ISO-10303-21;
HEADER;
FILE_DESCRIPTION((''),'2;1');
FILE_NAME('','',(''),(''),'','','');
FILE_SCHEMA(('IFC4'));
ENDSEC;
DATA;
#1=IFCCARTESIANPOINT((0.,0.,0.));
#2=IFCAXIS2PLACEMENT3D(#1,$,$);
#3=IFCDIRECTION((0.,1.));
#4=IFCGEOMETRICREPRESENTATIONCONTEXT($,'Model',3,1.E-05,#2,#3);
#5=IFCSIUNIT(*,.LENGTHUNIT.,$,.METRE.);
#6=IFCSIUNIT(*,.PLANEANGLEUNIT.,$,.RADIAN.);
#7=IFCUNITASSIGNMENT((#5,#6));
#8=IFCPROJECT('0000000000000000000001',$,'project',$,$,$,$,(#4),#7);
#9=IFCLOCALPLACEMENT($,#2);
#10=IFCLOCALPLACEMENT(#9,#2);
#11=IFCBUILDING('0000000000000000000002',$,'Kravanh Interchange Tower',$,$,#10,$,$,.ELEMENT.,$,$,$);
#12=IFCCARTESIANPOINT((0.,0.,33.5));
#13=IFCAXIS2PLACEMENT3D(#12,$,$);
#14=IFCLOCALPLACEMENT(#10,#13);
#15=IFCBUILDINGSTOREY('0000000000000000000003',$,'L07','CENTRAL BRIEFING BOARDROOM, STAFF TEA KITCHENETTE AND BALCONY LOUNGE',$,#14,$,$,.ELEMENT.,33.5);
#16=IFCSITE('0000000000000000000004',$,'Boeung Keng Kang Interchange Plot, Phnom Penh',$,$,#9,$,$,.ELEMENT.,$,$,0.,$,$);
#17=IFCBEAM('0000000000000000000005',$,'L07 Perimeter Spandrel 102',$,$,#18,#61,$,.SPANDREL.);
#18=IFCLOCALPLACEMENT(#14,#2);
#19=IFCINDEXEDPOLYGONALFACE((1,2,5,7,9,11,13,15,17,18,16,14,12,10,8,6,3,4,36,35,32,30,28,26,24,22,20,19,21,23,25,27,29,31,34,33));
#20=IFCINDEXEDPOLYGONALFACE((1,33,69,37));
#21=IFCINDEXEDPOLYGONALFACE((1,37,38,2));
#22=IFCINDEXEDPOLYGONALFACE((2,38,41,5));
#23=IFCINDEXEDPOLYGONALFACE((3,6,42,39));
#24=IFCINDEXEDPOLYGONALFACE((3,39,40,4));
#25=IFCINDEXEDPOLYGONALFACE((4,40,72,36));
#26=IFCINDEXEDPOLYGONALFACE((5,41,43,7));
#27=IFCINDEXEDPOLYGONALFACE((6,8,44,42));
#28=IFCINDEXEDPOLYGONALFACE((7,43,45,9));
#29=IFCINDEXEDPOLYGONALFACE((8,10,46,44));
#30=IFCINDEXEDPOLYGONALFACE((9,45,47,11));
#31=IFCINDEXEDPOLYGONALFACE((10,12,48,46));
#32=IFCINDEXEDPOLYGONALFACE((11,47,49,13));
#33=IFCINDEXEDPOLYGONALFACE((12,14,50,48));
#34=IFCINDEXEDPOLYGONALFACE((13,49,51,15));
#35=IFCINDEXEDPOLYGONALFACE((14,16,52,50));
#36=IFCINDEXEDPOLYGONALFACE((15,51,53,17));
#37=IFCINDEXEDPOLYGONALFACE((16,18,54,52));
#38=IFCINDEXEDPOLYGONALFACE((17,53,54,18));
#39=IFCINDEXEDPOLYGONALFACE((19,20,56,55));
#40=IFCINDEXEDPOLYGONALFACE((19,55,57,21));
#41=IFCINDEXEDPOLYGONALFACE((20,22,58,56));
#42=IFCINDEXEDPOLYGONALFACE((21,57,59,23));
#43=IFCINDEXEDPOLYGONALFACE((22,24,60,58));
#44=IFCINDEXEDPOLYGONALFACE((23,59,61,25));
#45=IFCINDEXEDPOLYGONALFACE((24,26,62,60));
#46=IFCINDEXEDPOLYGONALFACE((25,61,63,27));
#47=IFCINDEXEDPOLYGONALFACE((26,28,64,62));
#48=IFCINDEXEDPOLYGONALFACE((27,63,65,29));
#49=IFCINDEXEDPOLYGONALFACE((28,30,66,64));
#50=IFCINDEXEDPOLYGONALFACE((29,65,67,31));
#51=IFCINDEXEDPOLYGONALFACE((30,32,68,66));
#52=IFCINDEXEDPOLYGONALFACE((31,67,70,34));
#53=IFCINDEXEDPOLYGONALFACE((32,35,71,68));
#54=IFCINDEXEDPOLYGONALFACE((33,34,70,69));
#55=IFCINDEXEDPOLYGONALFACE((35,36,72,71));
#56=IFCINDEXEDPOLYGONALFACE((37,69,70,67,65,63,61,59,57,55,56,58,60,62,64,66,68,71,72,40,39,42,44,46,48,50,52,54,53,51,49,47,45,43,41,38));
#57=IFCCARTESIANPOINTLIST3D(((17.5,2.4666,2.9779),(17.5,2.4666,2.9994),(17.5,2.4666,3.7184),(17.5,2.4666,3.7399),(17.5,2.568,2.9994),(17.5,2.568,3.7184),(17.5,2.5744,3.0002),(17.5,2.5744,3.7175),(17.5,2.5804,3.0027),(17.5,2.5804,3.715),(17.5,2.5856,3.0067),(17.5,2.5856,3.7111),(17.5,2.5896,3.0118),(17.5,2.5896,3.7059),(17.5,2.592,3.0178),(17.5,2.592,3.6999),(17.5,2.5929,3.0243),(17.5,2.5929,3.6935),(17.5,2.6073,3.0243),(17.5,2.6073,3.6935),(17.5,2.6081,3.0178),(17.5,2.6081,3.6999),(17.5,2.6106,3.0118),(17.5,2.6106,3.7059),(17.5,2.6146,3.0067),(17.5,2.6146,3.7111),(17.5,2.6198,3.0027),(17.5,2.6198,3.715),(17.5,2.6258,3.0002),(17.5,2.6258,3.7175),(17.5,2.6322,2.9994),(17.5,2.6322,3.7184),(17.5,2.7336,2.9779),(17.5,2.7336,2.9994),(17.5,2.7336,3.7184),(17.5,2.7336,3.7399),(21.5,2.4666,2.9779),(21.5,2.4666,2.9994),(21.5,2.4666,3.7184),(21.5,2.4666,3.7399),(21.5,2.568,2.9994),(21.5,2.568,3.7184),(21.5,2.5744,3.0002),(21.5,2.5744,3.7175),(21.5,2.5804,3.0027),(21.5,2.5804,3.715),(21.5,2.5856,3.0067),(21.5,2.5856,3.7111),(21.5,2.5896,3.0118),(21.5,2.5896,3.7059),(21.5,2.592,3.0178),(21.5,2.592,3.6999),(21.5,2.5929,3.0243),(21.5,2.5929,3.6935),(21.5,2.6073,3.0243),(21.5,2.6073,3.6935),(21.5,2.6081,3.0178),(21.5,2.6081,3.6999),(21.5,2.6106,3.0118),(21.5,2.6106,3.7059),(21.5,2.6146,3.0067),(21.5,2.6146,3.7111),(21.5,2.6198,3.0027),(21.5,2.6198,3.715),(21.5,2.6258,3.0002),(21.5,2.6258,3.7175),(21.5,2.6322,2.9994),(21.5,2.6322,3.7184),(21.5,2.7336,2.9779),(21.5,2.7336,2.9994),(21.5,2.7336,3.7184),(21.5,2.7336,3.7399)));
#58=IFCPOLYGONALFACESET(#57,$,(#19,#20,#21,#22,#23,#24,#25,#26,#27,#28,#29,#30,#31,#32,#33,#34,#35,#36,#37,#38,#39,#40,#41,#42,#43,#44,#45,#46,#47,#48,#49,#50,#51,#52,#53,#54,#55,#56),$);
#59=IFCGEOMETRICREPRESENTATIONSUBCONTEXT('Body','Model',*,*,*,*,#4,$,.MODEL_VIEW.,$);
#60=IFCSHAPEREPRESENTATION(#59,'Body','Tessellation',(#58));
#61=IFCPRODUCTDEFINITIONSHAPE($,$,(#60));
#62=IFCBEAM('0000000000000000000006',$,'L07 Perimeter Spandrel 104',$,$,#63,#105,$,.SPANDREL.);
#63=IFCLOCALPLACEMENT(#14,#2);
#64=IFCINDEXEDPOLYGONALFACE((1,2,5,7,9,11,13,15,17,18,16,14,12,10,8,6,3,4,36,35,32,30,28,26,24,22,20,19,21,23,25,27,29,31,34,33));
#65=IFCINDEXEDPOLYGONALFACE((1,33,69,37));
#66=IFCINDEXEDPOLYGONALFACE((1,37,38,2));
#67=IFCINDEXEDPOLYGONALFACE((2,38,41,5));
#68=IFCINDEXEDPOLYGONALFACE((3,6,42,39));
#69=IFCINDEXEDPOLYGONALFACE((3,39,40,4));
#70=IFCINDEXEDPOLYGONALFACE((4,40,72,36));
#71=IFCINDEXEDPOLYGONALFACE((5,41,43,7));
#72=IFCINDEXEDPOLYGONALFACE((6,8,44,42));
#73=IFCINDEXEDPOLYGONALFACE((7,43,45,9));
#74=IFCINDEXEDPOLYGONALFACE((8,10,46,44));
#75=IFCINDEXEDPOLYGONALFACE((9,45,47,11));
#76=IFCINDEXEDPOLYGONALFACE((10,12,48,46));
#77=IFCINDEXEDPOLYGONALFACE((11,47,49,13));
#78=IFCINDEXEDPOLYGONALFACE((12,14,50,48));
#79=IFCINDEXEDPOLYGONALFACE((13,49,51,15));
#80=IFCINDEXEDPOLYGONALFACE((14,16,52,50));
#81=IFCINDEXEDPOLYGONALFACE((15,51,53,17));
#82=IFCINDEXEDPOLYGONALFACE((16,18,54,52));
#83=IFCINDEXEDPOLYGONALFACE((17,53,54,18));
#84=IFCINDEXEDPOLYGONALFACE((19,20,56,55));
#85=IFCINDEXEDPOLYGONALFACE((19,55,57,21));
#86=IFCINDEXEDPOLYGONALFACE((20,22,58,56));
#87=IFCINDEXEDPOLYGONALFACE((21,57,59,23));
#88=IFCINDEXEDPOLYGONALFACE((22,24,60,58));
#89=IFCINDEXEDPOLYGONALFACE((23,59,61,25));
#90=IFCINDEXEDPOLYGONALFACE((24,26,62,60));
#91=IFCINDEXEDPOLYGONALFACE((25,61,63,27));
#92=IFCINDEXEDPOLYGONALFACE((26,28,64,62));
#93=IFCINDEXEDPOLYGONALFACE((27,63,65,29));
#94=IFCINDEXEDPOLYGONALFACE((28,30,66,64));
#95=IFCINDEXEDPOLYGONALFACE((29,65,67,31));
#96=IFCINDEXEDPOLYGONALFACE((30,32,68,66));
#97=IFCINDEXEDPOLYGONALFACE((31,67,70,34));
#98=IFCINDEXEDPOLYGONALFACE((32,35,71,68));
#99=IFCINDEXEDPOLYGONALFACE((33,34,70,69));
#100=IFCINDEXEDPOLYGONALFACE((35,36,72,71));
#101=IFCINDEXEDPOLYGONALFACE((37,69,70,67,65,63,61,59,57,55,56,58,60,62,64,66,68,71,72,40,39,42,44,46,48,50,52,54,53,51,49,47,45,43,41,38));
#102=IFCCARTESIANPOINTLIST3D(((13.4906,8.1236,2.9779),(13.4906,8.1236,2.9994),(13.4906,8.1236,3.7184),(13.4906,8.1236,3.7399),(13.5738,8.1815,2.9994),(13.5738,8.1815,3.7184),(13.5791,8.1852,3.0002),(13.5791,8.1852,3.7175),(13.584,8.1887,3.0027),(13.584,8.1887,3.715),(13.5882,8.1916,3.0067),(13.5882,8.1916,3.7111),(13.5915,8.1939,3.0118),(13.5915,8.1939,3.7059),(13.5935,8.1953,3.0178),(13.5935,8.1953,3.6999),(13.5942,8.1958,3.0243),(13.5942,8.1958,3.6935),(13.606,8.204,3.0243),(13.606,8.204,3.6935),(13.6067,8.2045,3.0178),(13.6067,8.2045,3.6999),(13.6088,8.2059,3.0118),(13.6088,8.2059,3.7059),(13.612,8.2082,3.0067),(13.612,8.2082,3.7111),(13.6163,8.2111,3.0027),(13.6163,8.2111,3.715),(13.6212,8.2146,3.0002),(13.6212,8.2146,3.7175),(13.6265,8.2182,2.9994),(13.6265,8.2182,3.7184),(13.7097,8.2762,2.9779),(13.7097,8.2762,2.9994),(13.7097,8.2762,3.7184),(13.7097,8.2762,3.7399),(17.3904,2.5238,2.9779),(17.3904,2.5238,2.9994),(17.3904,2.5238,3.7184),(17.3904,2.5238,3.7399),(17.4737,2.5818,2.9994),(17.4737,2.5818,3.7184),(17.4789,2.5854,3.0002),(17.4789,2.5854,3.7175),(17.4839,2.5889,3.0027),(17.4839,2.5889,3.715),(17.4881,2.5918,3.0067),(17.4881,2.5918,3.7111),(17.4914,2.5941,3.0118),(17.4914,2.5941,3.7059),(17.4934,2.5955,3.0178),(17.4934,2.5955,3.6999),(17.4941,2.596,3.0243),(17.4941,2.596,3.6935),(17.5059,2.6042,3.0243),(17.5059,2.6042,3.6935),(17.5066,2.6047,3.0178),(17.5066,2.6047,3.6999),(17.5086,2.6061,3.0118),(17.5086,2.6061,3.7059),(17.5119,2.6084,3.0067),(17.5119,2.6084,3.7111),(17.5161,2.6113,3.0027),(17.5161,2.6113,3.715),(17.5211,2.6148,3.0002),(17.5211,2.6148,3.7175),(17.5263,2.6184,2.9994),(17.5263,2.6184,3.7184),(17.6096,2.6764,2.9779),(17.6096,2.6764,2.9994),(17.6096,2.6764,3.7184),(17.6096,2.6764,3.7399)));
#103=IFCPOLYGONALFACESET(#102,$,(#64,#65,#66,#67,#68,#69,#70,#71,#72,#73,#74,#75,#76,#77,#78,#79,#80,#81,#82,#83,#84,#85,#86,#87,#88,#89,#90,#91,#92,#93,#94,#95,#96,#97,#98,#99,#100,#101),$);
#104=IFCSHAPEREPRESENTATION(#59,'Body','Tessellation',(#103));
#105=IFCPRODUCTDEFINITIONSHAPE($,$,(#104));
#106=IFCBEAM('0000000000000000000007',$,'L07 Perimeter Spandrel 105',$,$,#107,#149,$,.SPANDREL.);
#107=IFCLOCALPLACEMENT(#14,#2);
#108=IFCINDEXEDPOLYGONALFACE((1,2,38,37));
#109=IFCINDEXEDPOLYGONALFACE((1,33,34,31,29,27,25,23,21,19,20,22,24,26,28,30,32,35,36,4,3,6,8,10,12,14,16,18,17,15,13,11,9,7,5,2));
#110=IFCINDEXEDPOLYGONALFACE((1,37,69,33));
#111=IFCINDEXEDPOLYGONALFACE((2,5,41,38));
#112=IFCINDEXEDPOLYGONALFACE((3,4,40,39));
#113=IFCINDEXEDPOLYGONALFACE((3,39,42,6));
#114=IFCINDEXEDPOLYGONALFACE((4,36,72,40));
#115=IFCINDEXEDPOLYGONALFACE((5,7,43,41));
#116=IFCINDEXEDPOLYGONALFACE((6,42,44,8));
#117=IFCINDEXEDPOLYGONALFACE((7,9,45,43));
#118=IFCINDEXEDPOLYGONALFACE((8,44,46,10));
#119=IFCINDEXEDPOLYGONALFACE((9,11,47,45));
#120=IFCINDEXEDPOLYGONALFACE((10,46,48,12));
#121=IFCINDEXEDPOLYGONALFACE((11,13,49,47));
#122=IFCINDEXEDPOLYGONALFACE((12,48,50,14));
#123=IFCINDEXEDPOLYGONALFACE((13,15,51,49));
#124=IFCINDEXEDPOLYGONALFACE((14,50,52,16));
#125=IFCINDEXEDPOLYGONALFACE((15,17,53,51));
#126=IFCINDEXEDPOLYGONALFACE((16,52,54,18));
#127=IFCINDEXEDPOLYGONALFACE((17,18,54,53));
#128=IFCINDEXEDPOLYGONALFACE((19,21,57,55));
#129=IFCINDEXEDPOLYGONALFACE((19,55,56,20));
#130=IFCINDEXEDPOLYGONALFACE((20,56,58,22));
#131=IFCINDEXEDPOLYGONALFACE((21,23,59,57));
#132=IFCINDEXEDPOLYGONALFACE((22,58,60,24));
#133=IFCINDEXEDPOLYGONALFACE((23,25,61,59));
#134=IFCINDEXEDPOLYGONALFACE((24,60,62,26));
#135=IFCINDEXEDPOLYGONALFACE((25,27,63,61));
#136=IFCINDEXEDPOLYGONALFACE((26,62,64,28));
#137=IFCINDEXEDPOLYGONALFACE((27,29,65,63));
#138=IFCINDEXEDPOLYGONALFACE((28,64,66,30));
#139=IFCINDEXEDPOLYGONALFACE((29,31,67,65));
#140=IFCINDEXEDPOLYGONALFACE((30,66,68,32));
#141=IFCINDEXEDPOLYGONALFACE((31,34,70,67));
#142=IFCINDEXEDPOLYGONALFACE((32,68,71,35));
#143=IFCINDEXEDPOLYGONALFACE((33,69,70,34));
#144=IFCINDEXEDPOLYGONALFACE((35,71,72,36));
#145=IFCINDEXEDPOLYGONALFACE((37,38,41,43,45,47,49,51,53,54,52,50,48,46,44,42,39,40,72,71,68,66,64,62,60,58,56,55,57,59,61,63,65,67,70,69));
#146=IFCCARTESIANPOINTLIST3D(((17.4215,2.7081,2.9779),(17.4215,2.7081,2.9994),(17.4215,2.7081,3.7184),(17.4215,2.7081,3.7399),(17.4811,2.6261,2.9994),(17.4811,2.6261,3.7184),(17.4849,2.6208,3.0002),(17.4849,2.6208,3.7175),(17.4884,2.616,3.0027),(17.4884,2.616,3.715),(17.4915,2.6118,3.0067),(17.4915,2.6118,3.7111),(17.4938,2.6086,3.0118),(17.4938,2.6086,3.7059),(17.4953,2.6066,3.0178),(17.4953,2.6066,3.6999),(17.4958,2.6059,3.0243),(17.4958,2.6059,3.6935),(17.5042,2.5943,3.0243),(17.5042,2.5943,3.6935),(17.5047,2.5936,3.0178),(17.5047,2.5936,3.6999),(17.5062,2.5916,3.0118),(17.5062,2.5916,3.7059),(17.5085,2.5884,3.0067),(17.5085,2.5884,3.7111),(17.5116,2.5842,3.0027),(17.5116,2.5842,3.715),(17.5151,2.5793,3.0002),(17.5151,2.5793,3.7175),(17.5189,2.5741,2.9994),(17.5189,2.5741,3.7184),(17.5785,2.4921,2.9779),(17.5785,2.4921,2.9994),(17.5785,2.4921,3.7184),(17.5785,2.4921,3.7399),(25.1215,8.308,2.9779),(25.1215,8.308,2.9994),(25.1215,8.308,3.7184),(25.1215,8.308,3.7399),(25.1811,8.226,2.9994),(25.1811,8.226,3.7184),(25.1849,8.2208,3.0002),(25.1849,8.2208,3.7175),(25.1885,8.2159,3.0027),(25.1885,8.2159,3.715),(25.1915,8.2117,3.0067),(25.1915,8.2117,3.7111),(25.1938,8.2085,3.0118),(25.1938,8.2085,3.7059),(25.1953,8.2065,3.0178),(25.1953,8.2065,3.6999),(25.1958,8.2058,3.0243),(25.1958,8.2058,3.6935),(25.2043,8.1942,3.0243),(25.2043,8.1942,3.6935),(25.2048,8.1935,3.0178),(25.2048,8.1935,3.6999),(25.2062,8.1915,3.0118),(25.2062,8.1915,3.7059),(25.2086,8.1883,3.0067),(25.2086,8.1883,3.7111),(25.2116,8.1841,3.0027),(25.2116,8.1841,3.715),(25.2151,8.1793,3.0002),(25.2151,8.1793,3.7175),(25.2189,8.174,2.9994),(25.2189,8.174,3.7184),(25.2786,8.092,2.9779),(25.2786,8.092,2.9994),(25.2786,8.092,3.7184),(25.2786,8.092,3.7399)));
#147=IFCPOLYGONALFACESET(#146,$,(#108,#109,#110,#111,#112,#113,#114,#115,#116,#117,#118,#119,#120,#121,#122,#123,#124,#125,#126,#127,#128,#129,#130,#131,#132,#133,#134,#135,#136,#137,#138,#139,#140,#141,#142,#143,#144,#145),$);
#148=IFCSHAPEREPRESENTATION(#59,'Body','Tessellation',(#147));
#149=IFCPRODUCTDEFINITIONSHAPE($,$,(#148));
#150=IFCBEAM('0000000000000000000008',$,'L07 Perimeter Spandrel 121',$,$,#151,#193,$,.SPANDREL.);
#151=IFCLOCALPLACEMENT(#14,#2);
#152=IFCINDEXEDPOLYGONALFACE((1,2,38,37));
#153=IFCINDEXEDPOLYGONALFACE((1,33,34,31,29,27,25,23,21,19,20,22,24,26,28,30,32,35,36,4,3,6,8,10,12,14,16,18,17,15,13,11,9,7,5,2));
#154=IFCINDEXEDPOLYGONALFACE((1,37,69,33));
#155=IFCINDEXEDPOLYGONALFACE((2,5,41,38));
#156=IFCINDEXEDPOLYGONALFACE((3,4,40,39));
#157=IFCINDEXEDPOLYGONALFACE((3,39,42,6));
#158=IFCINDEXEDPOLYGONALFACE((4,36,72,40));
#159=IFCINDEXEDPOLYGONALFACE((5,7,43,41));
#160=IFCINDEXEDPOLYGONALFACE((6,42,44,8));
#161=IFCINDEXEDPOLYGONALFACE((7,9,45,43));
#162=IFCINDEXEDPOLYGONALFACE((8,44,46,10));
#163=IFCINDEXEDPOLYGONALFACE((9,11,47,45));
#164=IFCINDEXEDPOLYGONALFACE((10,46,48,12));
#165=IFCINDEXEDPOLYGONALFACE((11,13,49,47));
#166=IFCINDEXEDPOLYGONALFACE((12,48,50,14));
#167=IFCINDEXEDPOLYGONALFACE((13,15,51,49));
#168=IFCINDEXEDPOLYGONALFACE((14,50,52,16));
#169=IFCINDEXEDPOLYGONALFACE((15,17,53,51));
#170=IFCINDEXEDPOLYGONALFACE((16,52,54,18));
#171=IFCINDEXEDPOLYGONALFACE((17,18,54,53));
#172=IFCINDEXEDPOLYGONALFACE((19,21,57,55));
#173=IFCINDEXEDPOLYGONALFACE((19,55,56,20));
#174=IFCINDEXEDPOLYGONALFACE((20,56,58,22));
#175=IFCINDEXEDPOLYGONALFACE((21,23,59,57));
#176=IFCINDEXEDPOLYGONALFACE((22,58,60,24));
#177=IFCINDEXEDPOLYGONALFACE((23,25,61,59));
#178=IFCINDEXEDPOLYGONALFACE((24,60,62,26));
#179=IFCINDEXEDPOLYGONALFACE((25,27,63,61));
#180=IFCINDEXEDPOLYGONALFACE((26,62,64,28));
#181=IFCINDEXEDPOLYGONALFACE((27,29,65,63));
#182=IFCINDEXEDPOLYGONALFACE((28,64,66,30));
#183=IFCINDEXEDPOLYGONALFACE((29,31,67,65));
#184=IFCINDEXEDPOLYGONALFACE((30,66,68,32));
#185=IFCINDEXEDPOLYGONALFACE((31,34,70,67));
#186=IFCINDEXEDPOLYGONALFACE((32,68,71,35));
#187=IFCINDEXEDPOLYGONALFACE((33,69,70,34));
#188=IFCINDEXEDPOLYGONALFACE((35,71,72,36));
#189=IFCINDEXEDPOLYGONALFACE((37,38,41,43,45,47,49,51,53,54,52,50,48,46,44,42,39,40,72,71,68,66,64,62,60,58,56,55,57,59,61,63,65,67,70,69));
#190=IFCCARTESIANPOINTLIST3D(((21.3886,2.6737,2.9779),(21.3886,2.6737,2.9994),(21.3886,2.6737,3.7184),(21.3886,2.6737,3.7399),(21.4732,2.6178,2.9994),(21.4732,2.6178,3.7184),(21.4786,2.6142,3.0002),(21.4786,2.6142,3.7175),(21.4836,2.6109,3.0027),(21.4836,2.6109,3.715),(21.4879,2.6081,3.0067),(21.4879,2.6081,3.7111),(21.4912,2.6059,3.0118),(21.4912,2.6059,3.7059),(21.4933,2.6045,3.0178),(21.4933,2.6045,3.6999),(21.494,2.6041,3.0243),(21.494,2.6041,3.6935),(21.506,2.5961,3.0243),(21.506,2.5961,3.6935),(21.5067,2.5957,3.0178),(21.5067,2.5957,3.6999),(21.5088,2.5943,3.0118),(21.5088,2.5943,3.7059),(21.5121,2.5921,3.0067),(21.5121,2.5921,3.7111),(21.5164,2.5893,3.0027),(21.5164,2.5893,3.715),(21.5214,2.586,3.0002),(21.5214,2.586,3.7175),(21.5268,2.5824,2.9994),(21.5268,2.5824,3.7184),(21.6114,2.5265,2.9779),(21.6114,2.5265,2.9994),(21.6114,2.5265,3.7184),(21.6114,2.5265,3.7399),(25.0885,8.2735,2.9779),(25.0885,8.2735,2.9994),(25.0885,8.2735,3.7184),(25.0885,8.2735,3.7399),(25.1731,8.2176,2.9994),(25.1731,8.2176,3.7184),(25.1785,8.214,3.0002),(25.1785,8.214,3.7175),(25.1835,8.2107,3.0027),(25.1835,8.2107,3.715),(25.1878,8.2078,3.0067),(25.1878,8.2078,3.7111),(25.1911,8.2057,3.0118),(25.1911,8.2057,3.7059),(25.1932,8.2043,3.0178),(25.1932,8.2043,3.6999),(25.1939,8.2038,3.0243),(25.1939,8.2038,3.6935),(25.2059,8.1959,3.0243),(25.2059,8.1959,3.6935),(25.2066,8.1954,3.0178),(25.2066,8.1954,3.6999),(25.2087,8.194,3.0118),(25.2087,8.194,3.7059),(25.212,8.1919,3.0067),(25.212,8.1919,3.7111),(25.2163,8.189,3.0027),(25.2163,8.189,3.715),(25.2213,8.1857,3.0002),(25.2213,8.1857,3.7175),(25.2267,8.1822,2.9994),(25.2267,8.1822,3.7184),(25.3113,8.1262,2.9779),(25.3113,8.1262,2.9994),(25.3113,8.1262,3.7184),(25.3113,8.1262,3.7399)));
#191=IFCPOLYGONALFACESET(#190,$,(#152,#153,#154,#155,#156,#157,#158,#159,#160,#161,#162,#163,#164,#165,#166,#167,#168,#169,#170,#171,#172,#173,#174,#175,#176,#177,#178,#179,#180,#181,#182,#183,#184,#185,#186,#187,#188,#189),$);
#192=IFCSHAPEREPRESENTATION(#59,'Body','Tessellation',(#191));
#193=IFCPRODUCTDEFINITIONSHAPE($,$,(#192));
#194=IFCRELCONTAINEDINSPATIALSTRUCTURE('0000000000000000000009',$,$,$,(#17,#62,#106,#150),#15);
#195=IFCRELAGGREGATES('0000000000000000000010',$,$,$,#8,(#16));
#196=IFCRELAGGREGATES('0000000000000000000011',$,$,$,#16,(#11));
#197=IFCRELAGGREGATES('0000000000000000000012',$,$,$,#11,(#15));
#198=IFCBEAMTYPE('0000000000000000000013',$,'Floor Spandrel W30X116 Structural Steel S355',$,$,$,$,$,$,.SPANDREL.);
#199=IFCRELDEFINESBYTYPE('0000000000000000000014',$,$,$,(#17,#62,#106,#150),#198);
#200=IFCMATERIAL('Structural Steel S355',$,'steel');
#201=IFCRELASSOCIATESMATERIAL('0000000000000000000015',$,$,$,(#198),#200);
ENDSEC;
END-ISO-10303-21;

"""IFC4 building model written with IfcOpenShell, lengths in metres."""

from ifc_helpers import new_model, si_unit, direction, frame, origin, origin_2d, place, context, subcontext, project, spatial, i_section, extrude, material, material_profile, profile_set, type_object, element, save


model = new_model("IFC4")

# Units and contexts
model_context = context("Model", 3, precision=1e-05, world=origin(), true_north=direction((0.0, 1.0)))
body_context = subcontext(model_context, "Body", "Model", "MODEL_VIEW")
ifc_project = project(units=[si_unit("LENGTHUNIT", "METRE"), si_unit("PLANEANGLEUNIT", "RADIAN")], contexts=[model_context])

# Site, building, storey
site_placement = place(None, origin())
site = spatial("IfcSite", under=ifc_project, at=site_placement, Name="Boeung Keng Kang Interchange Plot, Phnom Penh", CompositionType="ELEMENT", RefElevation=0.0)
building_placement = place(site_placement, origin())
building = spatial("IfcBuilding", under=site, at=building_placement, Name="Kravanh Interchange Tower", CompositionType="ELEMENT")
storey_placement = place(building_placement, frame((0.0, 0.0, 33.5)))
storey = spatial("IfcBuildingStorey", under=building, at=storey_placement, Name="L07", Description="CENTRAL BRIEFING BOARDROOM, STAFF TEA KITCHENETTE AND BALCONY LOUNGE", CompositionType="ELEMENT", Elevation=33.5)

# Beams
ifc_material_1 = material(Name="Structural Steel S355", Category="steel")
ifc_material_profile_1 = material_profile(ifc_material_1, i_section(OverallWidth=0.2671, OverallDepth=0.762, WebThickness=0.0144, FlangeThickness=0.0215, FilletRadius=0.0249, at=origin_2d()), Name="W30X116")
ifc_profile_set_1 = profile_set([ifc_material_profile_1], Name="Structural Steel S355")
beam_type_1 = type_object("IfcBeamType", Name="Floor Spandrel W30X116 Structural Steel S355", PredefinedType="SPANDREL", material=ifc_profile_set_1)
beam_1_placement = place(storey_placement, frame((17.5, 2.6001, 3.3589), z_axis=(1.0, 0.0, 0.0), x_axis=(0.0, 1.0, 0.0)))
element("IfcBeam", 1, at=beam_1_placement, inside=storey, type_object=beam_type_1, Name="L07 Perimeter Spandrel 102", PredefinedType="SPANDREL", context=body_context, shape_type="SweptSolid", body=[
    extrude(i_section(OverallWidth=0.2671, OverallDepth=0.762, WebThickness=0.0144, FlangeThickness=0.0215, FilletRadius=0.0249, at=origin_2d()), origin(), (0.0, 0.0, 1.0), 4.0),
])
beam_2_placement = place(storey_placement, frame((17.5, 2.6001, 3.3589), z_axis=(-0.571494, 0.820606, 0.0), x_axis=(-0.820606, -0.571494, 0.0)))
element("IfcBeam", 2, at=beam_2_placement, inside=storey, type_object=beam_type_1, Name="L07 Perimeter Spandrel 104", PredefinedType="SPANDREL", context=body_context, shape_type="SweptSolid", body=[
    extrude(i_section(OverallWidth=0.2671, OverallDepth=0.762, WebThickness=0.0144, FlangeThickness=0.0215, FilletRadius=0.0249, at=origin_2d()), origin(), (0.0, 0.0, 1.0), 6.824),
])
beam_3_placement = place(storey_placement, frame((17.5, 2.6001, 3.3589), z_axis=(0.808742, 0.588164, 0.0), x_axis=(-0.588164, 0.808742, 0.0)))
element("IfcBeam", 3, at=beam_3_placement, inside=storey, type_object=beam_type_1, Name="L07 Perimeter Spandrel 105", PredefinedType="SPANDREL", context=body_context, shape_type="SweptSolid", body=[
    extrude(i_section(OverallWidth=0.2671, OverallDepth=0.762, WebThickness=0.0144, FlangeThickness=0.0215, FilletRadius=0.0249, at=origin_2d()), origin(), (0.0, 0.0, 1.0), 9.521),
])
beam_4_placement = place(storey_placement, frame((21.5, 2.6001, 3.3589), z_axis=(0.551262, 0.834332, 0.0), x_axis=(-0.834332, 0.551262, 0.0)))
element("IfcBeam", 4, at=beam_4_placement, inside=storey, type_object=beam_type_1, Name="L07 Perimeter Spandrel 121", PredefinedType="SPANDREL", context=body_context, shape_type="SweptSolid", body=[
    extrude(i_section(OverallWidth=0.2671, OverallDepth=0.762, WebThickness=0.0144, FlangeThickness=0.0215, FilletRadius=0.0249, at=origin_2d()), origin(), (0.0, 0.0, 1.0), 6.7117),
])

save(model, "model.ifc")
